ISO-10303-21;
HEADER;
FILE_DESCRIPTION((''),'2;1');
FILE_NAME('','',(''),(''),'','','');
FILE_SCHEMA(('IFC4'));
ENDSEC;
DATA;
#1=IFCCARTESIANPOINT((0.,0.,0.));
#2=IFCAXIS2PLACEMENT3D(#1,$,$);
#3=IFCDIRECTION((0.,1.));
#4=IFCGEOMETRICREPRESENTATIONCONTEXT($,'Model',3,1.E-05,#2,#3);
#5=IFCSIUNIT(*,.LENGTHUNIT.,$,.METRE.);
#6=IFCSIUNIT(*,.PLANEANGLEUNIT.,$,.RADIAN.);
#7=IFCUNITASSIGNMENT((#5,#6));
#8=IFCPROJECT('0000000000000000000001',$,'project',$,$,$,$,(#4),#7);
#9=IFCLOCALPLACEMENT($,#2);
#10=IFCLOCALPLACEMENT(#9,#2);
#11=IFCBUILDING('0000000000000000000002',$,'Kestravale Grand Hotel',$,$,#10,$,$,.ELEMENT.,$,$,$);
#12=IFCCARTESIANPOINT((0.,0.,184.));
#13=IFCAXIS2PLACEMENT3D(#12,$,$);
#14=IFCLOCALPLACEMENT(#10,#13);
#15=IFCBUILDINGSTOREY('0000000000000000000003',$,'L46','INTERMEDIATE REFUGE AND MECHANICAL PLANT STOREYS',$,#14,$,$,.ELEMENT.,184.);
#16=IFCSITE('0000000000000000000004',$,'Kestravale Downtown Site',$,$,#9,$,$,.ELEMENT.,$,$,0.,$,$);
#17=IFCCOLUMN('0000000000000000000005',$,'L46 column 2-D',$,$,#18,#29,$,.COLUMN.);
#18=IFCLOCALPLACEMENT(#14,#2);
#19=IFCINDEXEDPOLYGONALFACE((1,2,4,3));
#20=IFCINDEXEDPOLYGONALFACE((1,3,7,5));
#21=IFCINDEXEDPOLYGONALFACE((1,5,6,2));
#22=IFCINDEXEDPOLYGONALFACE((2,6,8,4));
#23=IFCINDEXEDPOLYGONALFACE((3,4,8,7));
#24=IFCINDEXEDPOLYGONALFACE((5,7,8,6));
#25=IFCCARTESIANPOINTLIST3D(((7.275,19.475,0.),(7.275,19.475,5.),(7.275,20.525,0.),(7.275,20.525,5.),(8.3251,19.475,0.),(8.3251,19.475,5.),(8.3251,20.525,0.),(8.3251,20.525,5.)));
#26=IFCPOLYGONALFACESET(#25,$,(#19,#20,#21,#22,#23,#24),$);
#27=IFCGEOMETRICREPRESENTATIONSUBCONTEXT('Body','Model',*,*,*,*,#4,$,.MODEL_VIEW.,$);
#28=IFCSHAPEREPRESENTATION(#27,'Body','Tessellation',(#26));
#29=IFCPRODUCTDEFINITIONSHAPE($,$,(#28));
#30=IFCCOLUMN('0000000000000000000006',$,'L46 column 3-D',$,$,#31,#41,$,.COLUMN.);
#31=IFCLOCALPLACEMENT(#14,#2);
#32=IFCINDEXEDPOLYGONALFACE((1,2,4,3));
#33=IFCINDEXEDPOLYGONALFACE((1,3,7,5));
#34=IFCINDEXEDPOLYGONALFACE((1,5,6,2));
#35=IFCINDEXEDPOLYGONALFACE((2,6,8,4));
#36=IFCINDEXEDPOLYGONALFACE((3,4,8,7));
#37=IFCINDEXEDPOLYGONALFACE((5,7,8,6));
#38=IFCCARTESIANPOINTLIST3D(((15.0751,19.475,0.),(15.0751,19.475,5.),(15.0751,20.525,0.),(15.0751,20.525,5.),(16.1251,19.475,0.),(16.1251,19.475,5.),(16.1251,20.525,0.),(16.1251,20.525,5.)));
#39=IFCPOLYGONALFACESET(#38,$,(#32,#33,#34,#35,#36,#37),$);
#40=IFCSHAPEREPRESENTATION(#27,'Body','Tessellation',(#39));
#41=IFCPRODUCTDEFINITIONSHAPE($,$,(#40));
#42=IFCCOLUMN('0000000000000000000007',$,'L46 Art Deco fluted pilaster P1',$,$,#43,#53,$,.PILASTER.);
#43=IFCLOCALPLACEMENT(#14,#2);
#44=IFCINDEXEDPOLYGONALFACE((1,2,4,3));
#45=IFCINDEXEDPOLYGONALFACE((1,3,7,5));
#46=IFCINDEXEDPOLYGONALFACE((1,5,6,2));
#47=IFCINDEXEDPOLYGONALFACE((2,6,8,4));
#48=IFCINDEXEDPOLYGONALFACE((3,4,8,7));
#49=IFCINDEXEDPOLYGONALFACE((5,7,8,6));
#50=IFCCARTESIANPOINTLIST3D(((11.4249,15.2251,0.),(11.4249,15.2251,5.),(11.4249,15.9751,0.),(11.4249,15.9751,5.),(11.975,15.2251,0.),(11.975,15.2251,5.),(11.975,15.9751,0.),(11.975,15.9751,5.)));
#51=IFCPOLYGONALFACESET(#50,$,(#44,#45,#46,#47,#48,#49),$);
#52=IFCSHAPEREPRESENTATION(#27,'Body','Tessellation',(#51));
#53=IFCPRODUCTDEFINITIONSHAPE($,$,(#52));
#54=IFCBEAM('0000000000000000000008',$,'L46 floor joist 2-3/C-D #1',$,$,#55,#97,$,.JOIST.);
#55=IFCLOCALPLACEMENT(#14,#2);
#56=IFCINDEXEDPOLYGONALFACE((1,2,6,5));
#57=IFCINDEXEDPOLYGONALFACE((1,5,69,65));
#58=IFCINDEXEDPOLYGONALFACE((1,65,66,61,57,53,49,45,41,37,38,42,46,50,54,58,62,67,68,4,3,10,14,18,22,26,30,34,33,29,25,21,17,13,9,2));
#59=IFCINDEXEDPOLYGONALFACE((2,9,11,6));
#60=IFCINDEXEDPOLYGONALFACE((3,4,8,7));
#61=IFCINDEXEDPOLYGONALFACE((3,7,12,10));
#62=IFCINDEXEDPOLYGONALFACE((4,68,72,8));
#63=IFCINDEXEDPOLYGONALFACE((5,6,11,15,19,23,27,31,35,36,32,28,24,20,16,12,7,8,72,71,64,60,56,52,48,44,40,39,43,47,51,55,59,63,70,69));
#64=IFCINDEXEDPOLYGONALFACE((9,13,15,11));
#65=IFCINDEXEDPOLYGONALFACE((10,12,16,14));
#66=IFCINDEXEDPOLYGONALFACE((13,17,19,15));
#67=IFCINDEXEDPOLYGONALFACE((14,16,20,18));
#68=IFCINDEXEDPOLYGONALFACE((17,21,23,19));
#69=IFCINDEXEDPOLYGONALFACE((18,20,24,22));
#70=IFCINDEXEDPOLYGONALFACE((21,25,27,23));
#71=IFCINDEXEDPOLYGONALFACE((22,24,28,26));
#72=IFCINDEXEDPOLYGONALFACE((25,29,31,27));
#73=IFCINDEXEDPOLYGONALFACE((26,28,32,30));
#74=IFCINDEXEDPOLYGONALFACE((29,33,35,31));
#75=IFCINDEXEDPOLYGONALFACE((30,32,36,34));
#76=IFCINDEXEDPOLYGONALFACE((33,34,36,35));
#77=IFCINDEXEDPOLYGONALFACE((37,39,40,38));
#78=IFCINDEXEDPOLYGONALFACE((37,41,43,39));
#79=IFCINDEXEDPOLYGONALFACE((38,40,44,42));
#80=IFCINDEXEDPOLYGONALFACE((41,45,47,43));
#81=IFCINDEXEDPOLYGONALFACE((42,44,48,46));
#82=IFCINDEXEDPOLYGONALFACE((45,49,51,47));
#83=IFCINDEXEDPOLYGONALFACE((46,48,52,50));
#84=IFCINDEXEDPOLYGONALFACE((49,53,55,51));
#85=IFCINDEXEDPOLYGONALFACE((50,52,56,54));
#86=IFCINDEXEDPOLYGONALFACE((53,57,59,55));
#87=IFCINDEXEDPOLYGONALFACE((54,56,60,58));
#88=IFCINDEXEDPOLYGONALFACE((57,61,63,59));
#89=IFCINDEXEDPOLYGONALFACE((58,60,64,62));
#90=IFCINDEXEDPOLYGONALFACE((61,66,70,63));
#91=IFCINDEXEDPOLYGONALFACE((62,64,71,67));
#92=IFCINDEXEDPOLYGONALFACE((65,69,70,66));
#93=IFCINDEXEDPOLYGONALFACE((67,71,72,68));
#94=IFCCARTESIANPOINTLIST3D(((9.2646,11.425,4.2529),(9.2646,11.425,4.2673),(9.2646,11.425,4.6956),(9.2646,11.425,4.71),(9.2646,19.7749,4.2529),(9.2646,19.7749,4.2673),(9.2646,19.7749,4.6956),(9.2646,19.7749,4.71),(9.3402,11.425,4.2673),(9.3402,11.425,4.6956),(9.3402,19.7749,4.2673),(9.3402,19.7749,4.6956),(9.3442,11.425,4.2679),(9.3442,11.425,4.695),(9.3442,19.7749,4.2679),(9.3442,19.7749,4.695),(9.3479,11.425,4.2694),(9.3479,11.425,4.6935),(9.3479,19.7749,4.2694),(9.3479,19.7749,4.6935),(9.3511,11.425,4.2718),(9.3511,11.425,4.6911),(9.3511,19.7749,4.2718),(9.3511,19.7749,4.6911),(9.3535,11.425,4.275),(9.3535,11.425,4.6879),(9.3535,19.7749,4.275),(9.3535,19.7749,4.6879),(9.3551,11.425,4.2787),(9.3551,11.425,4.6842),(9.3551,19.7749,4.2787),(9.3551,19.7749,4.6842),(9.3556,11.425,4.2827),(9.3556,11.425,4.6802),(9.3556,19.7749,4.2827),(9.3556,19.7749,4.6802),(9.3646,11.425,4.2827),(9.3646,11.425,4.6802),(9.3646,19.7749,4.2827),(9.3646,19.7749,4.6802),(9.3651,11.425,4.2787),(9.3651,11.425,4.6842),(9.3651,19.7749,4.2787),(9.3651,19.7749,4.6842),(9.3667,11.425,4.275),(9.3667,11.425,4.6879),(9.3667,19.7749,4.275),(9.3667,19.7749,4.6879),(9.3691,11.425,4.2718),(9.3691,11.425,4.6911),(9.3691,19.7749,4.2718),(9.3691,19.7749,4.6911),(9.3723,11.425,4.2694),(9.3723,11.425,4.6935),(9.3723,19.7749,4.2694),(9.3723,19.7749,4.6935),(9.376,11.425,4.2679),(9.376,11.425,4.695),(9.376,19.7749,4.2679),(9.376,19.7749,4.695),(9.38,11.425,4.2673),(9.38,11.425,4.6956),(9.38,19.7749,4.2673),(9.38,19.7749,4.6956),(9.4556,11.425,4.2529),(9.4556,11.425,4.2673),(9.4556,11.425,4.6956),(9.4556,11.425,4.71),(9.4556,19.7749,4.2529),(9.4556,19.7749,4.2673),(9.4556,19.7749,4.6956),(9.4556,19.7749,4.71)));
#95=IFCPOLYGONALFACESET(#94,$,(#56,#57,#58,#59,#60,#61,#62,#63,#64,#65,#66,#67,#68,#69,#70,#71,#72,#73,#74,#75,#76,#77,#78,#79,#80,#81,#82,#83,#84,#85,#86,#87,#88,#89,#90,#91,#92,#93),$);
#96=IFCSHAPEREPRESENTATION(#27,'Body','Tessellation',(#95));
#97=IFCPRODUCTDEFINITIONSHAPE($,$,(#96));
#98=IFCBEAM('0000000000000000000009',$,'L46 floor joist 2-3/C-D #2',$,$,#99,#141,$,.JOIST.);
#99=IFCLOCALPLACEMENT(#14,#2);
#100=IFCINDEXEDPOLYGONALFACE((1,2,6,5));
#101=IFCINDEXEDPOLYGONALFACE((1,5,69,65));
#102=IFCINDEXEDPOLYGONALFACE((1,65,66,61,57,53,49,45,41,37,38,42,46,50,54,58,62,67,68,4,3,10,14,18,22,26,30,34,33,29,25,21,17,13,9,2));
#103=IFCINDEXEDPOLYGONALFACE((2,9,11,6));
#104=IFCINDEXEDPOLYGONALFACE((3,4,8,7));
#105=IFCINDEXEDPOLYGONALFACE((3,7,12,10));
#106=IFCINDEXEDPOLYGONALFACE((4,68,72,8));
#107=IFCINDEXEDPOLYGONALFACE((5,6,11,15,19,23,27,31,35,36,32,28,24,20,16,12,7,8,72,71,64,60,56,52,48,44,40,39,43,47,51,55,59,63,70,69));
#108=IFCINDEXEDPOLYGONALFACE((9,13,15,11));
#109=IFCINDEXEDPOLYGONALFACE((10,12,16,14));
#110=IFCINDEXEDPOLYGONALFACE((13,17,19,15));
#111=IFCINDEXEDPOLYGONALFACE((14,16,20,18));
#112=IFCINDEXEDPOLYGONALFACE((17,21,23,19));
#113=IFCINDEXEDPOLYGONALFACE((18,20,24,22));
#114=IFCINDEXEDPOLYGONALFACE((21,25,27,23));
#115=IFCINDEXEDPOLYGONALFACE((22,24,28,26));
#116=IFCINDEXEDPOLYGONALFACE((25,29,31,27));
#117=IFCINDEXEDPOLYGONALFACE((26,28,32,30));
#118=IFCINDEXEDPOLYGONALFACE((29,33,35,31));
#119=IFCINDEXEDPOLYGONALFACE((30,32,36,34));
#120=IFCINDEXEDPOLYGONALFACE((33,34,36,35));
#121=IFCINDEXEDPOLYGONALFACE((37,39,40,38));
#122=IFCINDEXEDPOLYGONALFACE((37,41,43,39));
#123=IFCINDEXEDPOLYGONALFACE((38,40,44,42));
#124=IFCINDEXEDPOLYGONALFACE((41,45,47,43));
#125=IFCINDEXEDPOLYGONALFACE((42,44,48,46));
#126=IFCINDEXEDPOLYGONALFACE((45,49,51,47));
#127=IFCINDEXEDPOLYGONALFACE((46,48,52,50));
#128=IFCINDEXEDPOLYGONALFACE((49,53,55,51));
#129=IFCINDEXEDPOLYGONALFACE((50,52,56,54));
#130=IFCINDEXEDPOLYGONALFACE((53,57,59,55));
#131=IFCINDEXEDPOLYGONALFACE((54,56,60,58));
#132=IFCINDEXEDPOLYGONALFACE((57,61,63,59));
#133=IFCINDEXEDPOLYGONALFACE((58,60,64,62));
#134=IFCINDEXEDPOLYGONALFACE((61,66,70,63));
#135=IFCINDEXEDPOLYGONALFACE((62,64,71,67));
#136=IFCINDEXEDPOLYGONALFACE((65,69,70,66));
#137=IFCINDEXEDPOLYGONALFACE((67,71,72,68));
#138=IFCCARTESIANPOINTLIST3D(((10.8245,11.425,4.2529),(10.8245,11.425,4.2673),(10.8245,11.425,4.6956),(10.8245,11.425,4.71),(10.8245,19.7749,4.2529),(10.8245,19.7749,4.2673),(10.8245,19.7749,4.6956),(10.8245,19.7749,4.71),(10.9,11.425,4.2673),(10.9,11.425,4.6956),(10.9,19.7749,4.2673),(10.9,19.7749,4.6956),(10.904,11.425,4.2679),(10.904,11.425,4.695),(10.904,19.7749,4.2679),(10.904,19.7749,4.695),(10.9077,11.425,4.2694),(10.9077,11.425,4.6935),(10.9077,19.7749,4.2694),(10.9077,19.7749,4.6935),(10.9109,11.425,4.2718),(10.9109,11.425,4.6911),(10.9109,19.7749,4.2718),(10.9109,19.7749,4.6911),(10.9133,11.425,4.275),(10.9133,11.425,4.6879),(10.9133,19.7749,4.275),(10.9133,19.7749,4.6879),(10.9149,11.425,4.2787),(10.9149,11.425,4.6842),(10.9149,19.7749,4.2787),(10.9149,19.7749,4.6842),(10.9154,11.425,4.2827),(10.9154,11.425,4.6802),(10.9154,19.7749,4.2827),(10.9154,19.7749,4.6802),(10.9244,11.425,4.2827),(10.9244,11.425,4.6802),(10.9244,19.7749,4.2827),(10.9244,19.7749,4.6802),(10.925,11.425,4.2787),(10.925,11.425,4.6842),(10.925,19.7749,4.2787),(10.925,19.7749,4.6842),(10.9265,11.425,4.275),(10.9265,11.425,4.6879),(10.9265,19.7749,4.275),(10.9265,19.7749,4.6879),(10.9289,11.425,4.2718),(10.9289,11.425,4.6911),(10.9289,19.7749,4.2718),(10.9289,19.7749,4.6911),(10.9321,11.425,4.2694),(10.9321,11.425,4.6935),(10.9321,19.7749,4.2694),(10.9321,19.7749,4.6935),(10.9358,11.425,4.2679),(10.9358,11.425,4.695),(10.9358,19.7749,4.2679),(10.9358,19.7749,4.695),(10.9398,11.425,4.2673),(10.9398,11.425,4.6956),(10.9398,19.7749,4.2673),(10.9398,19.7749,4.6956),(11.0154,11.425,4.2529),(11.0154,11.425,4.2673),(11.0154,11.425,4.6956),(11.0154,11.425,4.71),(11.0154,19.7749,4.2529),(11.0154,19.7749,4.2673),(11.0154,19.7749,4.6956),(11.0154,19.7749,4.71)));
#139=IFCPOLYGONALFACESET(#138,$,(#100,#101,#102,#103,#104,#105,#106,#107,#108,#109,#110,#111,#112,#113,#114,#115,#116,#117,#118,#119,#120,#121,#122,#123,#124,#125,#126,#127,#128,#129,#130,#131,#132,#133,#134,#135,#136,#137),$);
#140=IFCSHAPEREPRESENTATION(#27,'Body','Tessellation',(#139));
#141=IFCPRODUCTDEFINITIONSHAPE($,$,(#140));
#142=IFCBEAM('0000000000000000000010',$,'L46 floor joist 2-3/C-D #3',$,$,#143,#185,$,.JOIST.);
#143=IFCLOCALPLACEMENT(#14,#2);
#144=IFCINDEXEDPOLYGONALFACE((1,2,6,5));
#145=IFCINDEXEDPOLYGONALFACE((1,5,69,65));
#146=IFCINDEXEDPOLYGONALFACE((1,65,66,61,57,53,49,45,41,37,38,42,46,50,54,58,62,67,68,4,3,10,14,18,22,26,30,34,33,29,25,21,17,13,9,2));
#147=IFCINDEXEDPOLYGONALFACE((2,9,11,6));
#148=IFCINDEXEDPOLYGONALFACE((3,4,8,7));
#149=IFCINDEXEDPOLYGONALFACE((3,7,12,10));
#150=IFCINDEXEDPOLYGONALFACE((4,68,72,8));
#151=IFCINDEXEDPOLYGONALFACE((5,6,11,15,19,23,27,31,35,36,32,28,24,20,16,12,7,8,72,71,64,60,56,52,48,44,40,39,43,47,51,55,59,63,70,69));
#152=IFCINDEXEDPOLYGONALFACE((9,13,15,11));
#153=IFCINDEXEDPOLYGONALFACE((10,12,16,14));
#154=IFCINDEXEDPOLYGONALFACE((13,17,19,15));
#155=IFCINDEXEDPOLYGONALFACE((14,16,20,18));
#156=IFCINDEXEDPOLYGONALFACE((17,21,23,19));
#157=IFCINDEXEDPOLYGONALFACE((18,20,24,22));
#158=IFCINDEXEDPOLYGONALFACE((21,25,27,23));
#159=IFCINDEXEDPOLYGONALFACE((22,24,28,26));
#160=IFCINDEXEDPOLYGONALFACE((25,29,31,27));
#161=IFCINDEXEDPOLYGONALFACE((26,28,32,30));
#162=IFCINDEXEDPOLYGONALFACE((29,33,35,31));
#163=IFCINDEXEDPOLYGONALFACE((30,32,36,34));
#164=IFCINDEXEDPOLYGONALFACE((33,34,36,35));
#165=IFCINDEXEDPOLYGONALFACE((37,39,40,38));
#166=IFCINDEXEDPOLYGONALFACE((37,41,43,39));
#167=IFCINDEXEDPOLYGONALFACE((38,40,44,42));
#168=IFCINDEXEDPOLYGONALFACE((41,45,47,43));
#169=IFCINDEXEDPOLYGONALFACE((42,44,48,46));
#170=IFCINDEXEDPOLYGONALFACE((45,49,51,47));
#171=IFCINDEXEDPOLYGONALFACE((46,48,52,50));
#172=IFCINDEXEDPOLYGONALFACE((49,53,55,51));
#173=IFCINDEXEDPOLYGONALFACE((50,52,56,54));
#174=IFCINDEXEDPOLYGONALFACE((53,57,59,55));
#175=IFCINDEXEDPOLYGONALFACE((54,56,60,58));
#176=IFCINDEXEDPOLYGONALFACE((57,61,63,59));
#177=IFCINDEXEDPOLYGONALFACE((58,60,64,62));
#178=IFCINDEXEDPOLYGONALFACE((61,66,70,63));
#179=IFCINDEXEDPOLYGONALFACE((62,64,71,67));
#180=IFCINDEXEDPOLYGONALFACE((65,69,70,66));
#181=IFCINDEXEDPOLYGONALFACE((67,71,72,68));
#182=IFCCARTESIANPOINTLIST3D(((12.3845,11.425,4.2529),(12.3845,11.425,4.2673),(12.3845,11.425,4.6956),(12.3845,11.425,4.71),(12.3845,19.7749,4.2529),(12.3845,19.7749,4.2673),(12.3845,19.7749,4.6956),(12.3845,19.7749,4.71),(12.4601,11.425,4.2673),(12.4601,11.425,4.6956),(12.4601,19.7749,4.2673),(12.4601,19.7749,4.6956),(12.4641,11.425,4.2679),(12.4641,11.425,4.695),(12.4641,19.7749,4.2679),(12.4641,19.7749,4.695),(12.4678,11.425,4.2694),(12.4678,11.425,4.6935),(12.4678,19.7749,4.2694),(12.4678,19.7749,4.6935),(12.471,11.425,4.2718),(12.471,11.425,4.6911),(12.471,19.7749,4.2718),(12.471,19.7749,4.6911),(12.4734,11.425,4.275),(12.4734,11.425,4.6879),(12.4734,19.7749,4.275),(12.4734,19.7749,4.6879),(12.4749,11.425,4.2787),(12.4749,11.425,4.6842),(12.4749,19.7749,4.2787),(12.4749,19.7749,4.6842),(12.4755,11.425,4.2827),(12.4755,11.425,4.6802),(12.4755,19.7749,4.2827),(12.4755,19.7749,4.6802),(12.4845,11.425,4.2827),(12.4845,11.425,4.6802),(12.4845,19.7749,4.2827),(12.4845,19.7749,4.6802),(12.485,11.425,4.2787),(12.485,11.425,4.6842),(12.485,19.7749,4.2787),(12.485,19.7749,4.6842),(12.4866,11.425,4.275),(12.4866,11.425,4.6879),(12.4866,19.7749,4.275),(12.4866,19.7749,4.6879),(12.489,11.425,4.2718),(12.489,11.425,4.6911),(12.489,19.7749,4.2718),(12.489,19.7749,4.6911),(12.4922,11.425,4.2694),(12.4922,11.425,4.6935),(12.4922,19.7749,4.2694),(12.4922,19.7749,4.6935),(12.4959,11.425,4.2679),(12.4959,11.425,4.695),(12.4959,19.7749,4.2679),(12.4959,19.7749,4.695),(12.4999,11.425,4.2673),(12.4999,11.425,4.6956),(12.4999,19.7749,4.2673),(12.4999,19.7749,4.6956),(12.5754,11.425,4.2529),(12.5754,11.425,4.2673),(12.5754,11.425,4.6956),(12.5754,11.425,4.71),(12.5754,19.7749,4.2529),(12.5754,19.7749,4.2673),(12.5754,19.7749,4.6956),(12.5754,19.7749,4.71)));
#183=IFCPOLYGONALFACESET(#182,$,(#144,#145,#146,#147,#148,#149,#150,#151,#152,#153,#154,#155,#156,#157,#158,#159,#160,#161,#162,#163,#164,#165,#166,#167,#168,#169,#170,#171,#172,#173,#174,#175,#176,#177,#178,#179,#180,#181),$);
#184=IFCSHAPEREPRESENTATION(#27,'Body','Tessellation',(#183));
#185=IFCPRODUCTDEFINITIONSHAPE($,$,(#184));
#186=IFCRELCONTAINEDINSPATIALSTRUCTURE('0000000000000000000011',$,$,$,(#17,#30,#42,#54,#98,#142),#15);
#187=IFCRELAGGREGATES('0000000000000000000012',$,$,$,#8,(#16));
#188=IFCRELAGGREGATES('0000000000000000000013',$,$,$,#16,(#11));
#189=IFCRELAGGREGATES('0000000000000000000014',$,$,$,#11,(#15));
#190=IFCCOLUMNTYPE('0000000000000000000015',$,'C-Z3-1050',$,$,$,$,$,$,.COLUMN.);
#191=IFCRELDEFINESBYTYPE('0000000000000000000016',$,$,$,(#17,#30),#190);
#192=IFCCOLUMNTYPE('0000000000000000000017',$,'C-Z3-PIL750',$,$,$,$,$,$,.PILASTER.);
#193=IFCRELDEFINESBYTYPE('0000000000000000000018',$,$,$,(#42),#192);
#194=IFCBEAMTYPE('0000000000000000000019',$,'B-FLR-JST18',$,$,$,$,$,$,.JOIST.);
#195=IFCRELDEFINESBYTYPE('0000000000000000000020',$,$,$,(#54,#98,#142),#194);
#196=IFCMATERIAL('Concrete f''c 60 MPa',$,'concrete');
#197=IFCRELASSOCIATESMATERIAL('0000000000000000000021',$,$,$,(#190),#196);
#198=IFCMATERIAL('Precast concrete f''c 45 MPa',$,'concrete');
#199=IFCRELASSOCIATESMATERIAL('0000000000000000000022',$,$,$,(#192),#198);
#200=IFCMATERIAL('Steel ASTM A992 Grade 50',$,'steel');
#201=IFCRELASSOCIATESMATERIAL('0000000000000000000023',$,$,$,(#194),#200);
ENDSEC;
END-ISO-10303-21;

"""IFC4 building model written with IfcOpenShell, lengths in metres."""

from ifc_helpers import new_model, si_unit, direction, frame, origin, origin_2d, place, context, subcontext, project, spatial, rectangle, i_section, extrude, material, material_profile, profile_set, type_object, element, save


model = new_model("IFC4")

# Units and contexts
model_context = context("Model", 3, precision=1e-05, world=origin(), true_north=direction((0.0, 1.0)))
body_context = subcontext(model_context, "Body", "Model", "MODEL_VIEW")
ifc_project = project(units=[si_unit("LENGTHUNIT", "METRE"), si_unit("PLANEANGLEUNIT", "RADIAN")], contexts=[model_context])

# Site, building, storey
site_placement = place(None, origin())
site = spatial("IfcSite", under=ifc_project, at=site_placement, Name="Kestravale Downtown Site", CompositionType="ELEMENT", RefElevation=0.0)
building_placement = place(site_placement, origin())
building = spatial("IfcBuilding", under=site, at=building_placement, Name="Kestravale Grand Hotel", CompositionType="ELEMENT")
storey_placement = place(building_placement, frame((0.0, 0.0, 184.0)))
storey = spatial("IfcBuildingStorey", under=building, at=storey_placement, Name="L46", Description="INTERMEDIATE REFUGE AND MECHANICAL PLANT STOREYS", CompositionType="ELEMENT", Elevation=184.0)

# Columns
ifc_material_1 = material(Name="Concrete f'c 60 MPa", Category="concrete")
ifc_material_profile_1 = material_profile(ifc_material_1, rectangle(XDim=1.05, YDim=1.05, at=origin_2d()))
ifc_profile_set_1 = profile_set([ifc_material_profile_1], Name="Concrete f'c 60 MPa")
column_type_1 = type_object("IfcColumnType", Name="C-Z3-1050", PredefinedType="COLUMN", material=ifc_profile_set_1)
for number, where, z_axis, x_axis, name in (
    (1, (7.8, 20.0, 0.0), (0.0, 0.0, 1.0), (1.0, 0.0, 0.0), "L46 column 2-D"),
    (2, (15.6001, 20.0, 0.0), (0.0, 0.0, 1.0), (1.0, 0.0, 0.0), "L46 column 3-D"),
):
    element("IfcColumn", number, at=place(storey_placement, frame(where, z_axis=z_axis, x_axis=x_axis)), inside=storey, type_object=column_type_1, Name=name, PredefinedType="COLUMN", context=body_context, shape_type="SweptSolid", body=[
        extrude(rectangle(XDim=1.05, YDim=1.05, at=origin_2d()), origin(), (0.0, 0.0, 1.0), 5.0),
    ])
ifc_material_2 = material(Name="Precast concrete f'c 45 MPa", Category="concrete")
ifc_material_profile_2 = material_profile(ifc_material_2, rectangle(XDim=0.55, YDim=0.75, at=origin_2d()))
ifc_profile_set_2 = profile_set([ifc_material_profile_2], Name="Precast concrete f'c 45 MPa")
column_type_2 = type_object("IfcColumnType", Name="C-Z3-PIL750", PredefinedType="PILASTER", material=ifc_profile_set_2)
column_placement = place(storey_placement, frame((11.7, 15.6001, 0.0), z_axis=(0.0, 0.0, 1.0), x_axis=(1.0, 0.0, 0.0)))
element("IfcColumn", 3, at=column_placement, inside=storey, type_object=column_type_2, Name="L46 Art Deco fluted pilaster P1", PredefinedType="PILASTER", context=body_context, shape_type="SweptSolid", body=[
    extrude(rectangle(XDim=0.55, YDim=0.75, at=origin_2d()), origin(), (0.0, 0.0, 1.0), 5.0),
])

# Beams
ifc_material_3 = material(Name="Steel ASTM A992 Grade 50", Category="steel")
ifc_material_profile_3 = material_profile(ifc_material_3, i_section(OverallWidth=0.1909, OverallDepth=0.457, WebThickness=0.009, FlangeThickness=0.0144, FilletRadius=0.0154, at=origin_2d()))
ifc_profile_set_3 = profile_set([ifc_material_profile_3], Name="Steel ASTM A992 Grade 50")
beam_type_1 = type_object("IfcBeamType", Name="B-FLR-JST18", PredefinedType="JOIST", material=ifc_profile_set_3)
for number, where, z_axis, x_axis, name in (
    (4, (9.3601, 11.425, 4.4814), (0.0, 1.0, 0.0), (-1.0, 0.0, 0.0), "L46 floor joist 2-3/C-D #1"),
    (5, (10.9199, 11.425, 4.4814), (0.0, 1.0, 0.0), (-1.0, 0.0, 0.0), "L46 floor joist 2-3/C-D #2"),
    (6, (12.48, 11.425, 4.4814), (0.0, 1.0, 0.0), (-1.0, 0.0, 0.0), "L46 floor joist 2-3/C-D #3"),
):
    element("IfcBeam", number, at=place(storey_placement, frame(where, z_axis=z_axis, x_axis=x_axis)), inside=storey, type_object=beam_type_1, Name=name, PredefinedType="JOIST", context=body_context, shape_type="SweptSolid", body=[
        extrude(i_section(OverallWidth=0.1909, OverallDepth=0.457, WebThickness=0.009, FlangeThickness=0.0144, FilletRadius=0.0154, at=origin_2d()), origin(), (0.0, 0.0, 1.0), 8.3499),
    ])

save(model, "model.ifc")
